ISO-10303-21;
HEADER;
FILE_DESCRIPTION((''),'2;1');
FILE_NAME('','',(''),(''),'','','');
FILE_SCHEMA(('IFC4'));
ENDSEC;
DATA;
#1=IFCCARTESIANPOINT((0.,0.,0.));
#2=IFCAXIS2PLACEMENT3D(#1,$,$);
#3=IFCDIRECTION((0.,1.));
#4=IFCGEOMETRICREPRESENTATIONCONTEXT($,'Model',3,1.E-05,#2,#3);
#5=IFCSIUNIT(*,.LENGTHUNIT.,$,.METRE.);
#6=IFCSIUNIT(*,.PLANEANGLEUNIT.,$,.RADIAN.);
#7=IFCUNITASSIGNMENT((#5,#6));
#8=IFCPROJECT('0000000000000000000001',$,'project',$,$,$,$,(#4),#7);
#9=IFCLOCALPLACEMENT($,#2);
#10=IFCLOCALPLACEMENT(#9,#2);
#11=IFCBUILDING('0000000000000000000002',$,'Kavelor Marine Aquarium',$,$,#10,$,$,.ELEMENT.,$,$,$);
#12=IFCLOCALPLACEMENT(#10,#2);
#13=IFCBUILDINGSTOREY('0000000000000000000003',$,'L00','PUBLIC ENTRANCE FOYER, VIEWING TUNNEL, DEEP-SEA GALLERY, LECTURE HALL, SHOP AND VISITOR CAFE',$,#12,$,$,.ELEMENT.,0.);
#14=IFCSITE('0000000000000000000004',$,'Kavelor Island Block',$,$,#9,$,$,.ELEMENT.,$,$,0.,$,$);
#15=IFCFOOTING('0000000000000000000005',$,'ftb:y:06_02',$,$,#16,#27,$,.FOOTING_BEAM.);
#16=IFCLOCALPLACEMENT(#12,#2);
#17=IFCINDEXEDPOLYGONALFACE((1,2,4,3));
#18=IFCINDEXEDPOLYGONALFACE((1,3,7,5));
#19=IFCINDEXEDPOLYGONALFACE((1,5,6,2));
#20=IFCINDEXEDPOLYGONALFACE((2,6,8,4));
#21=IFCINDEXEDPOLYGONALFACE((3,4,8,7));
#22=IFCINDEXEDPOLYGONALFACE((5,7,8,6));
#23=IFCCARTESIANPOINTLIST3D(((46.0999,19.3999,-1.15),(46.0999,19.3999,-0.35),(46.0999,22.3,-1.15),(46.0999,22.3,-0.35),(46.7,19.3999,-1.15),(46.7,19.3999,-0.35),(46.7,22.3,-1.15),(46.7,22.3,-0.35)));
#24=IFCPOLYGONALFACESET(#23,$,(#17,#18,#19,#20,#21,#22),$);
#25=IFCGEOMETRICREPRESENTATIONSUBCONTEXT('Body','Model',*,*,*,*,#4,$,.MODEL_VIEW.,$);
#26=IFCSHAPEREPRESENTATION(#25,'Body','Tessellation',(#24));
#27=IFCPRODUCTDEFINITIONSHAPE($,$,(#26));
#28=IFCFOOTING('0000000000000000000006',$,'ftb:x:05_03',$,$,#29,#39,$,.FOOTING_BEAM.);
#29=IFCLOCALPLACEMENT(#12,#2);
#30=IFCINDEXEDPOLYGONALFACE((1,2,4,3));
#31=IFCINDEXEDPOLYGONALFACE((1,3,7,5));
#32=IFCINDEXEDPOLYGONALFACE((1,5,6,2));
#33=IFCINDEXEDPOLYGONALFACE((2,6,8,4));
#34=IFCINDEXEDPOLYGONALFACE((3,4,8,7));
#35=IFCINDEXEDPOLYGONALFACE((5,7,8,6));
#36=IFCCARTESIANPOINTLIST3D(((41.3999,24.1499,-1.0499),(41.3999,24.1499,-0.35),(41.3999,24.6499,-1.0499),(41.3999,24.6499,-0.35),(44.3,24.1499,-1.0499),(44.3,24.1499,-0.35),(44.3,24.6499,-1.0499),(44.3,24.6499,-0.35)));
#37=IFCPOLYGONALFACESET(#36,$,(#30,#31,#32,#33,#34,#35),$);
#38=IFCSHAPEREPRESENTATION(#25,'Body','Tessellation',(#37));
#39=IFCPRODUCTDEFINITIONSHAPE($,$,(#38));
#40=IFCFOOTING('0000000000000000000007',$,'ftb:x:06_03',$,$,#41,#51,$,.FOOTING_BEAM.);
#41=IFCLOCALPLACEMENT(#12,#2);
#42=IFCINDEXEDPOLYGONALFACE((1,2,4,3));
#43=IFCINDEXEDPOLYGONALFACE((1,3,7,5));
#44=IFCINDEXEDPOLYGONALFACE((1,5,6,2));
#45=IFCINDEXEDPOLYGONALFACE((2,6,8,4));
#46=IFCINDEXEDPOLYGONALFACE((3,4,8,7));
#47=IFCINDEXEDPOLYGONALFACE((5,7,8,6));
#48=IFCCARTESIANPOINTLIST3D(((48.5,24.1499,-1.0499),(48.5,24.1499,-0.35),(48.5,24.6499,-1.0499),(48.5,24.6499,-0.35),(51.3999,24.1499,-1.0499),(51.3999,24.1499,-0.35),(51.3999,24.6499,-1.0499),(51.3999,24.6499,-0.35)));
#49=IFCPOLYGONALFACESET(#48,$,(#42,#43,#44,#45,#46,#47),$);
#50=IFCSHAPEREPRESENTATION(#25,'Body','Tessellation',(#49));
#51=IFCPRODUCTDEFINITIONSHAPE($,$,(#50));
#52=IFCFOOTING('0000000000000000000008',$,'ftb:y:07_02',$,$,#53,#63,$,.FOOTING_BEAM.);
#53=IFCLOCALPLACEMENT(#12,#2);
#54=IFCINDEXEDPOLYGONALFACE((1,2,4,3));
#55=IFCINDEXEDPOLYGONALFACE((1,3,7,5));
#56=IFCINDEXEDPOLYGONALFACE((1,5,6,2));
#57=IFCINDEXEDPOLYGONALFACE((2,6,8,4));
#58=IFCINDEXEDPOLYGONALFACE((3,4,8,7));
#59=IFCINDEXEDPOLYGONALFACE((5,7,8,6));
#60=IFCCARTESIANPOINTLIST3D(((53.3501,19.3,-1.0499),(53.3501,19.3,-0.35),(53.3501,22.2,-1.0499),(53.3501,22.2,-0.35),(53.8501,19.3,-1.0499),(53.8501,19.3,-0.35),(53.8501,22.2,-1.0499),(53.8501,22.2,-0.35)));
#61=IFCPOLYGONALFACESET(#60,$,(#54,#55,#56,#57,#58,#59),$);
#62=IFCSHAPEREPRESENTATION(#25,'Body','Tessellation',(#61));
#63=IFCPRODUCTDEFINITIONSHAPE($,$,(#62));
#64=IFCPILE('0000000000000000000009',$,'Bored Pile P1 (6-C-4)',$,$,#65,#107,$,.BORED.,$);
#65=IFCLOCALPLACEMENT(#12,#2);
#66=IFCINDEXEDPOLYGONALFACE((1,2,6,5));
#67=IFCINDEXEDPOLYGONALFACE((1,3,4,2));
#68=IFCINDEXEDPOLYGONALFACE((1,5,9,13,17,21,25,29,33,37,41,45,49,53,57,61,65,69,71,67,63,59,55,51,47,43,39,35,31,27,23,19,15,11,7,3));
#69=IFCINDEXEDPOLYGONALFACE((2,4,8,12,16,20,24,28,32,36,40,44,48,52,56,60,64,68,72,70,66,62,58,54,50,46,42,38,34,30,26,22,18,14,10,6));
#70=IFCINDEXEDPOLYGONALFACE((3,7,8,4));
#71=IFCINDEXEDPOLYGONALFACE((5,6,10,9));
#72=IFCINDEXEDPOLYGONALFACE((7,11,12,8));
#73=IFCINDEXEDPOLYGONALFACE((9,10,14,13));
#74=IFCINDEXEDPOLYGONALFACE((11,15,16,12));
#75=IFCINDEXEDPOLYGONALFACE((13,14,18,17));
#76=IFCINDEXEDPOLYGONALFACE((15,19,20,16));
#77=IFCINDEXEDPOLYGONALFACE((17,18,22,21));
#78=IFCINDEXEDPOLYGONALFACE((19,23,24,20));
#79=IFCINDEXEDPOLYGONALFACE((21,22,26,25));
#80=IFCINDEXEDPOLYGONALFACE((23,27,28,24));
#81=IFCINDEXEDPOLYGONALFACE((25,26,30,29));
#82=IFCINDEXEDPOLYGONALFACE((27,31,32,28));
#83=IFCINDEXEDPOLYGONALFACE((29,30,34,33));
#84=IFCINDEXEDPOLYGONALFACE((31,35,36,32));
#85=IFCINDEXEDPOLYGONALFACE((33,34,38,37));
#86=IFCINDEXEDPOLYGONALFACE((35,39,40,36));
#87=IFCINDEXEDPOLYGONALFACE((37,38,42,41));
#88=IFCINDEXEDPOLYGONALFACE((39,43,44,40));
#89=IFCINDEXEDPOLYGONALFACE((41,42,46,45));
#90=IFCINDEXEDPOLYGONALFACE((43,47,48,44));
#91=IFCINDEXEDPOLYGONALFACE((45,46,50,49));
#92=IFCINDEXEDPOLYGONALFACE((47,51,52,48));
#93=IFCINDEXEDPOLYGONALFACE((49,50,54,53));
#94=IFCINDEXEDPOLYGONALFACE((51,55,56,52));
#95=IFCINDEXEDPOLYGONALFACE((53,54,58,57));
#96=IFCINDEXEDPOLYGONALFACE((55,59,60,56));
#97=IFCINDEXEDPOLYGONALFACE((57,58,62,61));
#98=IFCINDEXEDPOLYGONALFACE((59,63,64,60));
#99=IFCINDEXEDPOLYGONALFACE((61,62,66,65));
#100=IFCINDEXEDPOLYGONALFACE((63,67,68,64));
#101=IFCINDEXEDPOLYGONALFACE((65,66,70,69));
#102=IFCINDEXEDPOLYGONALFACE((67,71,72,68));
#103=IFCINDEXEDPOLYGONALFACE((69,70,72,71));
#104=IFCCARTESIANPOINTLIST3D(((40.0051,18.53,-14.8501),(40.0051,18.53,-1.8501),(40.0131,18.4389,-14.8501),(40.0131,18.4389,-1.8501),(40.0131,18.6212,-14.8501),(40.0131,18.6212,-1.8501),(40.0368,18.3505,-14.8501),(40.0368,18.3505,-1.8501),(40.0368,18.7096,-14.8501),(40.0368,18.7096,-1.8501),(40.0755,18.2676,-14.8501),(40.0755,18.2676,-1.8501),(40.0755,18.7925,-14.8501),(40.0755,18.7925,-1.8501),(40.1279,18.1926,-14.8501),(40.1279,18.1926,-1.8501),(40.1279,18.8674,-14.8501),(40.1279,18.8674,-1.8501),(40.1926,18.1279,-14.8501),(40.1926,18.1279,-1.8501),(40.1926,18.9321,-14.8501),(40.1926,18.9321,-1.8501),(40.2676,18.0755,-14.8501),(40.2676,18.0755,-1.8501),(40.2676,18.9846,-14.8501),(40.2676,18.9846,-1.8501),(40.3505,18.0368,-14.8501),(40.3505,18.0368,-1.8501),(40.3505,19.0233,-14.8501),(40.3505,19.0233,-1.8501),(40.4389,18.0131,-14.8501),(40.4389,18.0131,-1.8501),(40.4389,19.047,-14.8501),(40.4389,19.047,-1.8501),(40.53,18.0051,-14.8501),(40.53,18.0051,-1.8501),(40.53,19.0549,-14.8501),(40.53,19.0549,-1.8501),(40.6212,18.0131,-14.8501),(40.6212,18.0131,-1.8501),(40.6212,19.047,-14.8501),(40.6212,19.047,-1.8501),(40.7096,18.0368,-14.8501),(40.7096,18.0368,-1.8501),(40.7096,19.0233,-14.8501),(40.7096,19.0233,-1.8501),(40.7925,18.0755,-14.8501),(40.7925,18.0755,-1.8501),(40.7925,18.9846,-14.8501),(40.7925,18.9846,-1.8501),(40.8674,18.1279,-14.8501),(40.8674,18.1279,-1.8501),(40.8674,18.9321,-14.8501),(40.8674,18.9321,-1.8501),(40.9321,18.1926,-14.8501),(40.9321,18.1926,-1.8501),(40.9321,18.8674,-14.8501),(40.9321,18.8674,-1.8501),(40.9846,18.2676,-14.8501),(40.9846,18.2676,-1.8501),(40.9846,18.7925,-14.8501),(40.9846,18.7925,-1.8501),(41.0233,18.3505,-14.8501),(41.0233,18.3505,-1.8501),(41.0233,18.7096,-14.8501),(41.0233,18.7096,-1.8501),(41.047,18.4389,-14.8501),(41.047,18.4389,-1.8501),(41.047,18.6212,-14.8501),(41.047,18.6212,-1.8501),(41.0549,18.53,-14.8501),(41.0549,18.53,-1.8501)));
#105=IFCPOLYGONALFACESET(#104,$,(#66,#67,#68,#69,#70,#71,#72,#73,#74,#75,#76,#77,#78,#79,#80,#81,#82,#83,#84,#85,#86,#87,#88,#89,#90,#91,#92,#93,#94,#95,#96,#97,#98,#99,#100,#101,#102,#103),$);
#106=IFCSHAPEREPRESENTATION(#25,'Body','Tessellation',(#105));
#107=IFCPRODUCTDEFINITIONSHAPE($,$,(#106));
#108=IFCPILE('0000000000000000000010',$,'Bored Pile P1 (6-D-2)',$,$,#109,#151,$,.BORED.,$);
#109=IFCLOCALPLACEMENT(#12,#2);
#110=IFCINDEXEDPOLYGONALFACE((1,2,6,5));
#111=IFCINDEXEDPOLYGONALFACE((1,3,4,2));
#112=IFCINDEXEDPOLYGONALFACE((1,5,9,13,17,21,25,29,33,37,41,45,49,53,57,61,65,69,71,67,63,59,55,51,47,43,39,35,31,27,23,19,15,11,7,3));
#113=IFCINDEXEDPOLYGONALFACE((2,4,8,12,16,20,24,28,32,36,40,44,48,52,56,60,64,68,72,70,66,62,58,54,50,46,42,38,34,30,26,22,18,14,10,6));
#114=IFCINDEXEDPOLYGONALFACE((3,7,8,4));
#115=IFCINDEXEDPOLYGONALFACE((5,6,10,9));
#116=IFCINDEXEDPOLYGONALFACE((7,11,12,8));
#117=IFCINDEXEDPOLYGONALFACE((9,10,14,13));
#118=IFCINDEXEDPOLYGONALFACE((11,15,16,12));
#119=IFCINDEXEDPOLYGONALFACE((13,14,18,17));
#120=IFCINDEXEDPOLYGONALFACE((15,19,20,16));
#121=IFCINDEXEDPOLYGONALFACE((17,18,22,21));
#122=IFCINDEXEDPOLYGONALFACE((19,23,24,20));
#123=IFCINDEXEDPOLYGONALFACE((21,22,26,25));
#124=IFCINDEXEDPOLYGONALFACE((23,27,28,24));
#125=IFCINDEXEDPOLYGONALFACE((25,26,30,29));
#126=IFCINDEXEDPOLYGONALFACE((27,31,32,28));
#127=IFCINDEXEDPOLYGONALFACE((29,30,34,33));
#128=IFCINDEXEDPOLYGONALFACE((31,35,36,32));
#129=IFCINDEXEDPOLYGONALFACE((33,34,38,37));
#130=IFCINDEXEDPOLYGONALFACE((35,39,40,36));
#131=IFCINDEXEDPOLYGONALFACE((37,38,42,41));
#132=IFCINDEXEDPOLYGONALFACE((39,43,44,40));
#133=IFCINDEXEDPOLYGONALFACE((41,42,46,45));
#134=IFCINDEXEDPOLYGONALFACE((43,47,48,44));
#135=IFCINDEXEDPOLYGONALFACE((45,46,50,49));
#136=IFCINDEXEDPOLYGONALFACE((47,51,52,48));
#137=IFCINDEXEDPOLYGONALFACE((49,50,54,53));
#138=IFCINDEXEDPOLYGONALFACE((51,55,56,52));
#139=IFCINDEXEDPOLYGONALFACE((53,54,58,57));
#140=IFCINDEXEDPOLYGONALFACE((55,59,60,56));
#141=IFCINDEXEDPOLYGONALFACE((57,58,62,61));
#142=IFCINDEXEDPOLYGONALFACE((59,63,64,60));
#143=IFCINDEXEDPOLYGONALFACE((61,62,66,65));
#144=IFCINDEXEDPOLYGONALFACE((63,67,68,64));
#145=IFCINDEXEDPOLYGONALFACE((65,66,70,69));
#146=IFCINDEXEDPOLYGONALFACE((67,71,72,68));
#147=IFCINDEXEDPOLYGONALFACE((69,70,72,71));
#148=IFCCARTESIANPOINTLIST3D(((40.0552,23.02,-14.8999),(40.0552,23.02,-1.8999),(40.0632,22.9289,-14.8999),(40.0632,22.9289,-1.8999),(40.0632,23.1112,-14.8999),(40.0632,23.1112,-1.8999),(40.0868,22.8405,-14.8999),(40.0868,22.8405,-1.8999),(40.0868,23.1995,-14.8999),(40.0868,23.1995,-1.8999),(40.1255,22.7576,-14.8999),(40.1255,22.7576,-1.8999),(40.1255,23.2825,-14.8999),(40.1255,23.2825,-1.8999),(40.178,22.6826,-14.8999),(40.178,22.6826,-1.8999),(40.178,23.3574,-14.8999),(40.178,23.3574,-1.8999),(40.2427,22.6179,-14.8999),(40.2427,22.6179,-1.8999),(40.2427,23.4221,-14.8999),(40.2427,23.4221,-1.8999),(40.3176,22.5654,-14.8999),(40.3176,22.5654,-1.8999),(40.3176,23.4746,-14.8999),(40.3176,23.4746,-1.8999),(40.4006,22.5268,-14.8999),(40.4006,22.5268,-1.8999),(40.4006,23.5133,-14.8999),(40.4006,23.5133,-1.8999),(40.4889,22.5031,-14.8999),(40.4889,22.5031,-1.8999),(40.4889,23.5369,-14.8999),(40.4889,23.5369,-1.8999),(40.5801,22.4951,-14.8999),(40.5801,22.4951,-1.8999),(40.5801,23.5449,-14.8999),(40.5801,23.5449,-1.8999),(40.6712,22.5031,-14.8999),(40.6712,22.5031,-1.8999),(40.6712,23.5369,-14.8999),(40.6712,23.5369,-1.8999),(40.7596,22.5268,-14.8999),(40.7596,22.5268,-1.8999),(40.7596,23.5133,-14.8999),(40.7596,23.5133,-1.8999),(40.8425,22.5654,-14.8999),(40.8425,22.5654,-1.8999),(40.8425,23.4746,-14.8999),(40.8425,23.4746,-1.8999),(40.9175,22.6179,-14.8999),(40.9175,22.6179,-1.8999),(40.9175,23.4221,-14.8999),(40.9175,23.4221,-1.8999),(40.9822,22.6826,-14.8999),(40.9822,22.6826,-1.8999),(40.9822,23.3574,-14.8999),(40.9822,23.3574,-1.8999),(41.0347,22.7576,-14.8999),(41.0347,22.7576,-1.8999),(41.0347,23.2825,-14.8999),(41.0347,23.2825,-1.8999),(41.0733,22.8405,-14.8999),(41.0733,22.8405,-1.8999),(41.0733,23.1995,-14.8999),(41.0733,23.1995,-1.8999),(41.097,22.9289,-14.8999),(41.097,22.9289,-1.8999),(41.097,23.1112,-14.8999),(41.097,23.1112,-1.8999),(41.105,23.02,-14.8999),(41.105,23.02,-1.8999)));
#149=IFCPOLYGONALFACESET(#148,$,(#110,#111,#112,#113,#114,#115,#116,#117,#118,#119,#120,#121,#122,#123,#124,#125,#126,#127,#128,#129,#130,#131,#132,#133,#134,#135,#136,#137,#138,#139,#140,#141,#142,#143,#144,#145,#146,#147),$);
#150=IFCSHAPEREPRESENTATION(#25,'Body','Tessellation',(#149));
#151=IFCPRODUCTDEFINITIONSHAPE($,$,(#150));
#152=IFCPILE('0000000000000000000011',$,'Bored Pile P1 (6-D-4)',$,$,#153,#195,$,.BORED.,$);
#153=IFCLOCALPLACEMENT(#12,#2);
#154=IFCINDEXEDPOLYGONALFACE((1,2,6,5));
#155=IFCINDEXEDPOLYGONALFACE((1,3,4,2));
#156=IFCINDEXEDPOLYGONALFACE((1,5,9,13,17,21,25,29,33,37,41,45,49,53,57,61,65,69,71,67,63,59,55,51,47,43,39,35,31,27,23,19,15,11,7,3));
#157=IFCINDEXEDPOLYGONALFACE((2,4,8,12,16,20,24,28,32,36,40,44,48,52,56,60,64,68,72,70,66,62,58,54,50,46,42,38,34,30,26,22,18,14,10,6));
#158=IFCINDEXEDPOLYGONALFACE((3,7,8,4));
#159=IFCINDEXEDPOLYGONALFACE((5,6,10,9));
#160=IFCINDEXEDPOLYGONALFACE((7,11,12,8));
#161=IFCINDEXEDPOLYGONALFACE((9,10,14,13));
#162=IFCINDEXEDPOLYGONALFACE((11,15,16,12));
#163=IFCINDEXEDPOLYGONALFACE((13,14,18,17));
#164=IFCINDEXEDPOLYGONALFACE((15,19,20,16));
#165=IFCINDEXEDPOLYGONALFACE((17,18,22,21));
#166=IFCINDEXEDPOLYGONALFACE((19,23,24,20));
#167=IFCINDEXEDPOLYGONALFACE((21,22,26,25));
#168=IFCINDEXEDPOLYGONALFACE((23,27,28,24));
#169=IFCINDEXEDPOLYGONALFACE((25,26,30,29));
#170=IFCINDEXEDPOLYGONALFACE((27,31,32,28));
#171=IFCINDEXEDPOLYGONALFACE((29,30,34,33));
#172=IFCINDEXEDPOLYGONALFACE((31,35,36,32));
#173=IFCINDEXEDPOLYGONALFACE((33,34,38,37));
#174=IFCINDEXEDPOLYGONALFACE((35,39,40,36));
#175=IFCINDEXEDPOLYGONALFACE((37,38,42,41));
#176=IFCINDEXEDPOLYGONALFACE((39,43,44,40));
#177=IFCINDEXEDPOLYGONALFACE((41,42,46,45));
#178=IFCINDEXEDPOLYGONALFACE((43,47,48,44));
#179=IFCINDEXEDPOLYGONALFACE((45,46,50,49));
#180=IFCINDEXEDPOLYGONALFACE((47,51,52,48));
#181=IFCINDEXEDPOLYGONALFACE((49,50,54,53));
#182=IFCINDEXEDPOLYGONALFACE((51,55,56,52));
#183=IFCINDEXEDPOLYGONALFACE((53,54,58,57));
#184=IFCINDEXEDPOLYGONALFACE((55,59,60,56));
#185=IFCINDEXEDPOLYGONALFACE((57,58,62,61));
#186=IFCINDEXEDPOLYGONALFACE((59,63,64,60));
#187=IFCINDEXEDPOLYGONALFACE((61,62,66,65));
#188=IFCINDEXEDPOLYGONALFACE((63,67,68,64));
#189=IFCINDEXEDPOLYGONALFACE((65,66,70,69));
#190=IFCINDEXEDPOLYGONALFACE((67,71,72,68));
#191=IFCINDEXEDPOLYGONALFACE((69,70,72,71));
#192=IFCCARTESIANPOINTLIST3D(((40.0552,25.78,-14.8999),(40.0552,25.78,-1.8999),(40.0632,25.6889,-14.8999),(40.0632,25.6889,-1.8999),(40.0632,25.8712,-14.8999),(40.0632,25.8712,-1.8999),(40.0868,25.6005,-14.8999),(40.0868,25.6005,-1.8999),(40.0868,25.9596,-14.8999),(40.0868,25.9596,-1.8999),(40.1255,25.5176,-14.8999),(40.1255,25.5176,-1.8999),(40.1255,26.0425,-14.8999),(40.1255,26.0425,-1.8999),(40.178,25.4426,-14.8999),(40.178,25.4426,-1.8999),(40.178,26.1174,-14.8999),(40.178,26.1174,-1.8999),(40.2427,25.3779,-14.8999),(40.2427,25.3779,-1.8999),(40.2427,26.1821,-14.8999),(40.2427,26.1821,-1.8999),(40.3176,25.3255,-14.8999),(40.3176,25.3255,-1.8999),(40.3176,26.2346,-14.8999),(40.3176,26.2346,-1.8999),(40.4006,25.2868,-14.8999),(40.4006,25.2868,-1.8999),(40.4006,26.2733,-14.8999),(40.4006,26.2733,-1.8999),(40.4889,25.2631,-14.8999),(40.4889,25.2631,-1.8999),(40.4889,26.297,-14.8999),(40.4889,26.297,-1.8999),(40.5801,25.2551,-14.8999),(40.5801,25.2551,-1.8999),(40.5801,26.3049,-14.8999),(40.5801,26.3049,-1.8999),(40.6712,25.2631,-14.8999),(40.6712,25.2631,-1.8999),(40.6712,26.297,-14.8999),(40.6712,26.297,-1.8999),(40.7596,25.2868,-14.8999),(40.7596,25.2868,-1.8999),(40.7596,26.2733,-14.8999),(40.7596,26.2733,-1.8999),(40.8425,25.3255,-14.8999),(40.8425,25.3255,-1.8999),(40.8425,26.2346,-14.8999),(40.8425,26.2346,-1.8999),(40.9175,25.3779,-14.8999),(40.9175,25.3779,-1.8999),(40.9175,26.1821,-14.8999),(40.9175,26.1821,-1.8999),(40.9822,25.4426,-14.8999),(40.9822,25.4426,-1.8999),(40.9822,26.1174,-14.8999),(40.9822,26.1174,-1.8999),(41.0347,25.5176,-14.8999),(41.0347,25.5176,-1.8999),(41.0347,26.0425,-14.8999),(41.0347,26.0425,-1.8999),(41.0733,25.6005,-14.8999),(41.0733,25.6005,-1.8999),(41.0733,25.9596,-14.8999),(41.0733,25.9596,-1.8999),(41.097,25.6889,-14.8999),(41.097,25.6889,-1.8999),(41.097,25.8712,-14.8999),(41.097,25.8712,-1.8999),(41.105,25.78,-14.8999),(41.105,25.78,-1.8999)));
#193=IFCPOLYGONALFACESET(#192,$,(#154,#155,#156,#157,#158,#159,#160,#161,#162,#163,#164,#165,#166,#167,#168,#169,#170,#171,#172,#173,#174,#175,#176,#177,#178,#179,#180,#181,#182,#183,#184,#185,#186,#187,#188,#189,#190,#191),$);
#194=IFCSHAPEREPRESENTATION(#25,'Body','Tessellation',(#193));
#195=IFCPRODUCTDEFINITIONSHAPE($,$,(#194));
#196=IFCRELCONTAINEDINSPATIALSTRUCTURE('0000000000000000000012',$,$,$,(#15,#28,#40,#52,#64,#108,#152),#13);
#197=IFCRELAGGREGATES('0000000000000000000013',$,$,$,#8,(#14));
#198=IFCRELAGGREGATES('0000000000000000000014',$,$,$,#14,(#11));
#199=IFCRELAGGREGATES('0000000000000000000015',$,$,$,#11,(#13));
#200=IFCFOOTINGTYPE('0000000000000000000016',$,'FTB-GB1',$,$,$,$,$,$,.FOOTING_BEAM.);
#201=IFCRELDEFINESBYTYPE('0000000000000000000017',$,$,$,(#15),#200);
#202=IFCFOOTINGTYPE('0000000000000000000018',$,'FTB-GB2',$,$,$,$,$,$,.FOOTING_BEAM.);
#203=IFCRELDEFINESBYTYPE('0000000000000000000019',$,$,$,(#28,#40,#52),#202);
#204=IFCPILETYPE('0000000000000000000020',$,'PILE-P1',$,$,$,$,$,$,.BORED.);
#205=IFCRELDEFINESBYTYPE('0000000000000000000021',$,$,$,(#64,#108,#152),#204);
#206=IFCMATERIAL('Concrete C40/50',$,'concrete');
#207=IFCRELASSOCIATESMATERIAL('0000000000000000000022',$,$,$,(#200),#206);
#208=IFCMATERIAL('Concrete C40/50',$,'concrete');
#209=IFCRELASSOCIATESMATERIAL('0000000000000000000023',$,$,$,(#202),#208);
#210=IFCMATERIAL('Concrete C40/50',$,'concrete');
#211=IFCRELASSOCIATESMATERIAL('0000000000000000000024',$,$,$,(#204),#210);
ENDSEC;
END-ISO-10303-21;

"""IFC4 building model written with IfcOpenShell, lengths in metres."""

from ifc_helpers import new_model, si_unit, direction, frame, origin, origin_2d, place, context, subcontext, project, spatial, rectangle, circle, extrude, material, material_profile, profile_set, type_object, element, save


model = new_model("IFC4")

# Units and contexts
model_context = context("Model", 3, precision=1e-05, world=origin(), true_north=direction((0.0, 1.0)))
body_context = subcontext(model_context, "Body", "Model", "MODEL_VIEW")
ifc_project = project(units=[si_unit("LENGTHUNIT", "METRE"), si_unit("PLANEANGLEUNIT", "RADIAN")], contexts=[model_context])

# Site, building, storey
site_placement = place(None, origin())
site = spatial("IfcSite", under=ifc_project, at=site_placement, Name="Kavelor Island Block", CompositionType="ELEMENT", RefElevation=0.0)
building_placement = place(site_placement, origin())
building = spatial("IfcBuilding", under=site, at=building_placement, Name="Kavelor Marine Aquarium", CompositionType="ELEMENT")
storey_placement = place(building_placement, origin())
storey = spatial("IfcBuildingStorey", under=building, at=storey_placement, Name="L00", Description="PUBLIC ENTRANCE FOYER, VIEWING TUNNEL, DEEP-SEA GALLERY, LECTURE HALL, SHOP AND VISITOR CAFE", CompositionType="ELEMENT", Elevation=0.0)

# Footings
ifc_material_1 = material(Name="Concrete C40/50", Category="concrete")
ifc_material_profile_1 = material_profile(ifc_material_1, rectangle(XDim=0.6001, YDim=0.8, at=origin_2d()), Name="GB 600x800")
ifc_profile_set_1 = profile_set([ifc_material_profile_1], Name="Concrete C40/50")
footing_type_1 = type_object("IfcFootingType", Name="FTB-GB1", PredefinedType="FOOTING_BEAM", material=ifc_profile_set_1)
footing_1_placement = place(storey_placement, frame((46.3999, 19.3999, -0.75), z_axis=(0.0, 1.0, 0.0), x_axis=(-1.0, 0.0, 0.0)))
element("IfcFooting", 1, at=footing_1_placement, inside=storey, type_object=footing_type_1, Name="ftb:y:06_02", PredefinedType="FOOTING_BEAM", context=body_context, shape_type="SweptSolid", body=[
    extrude(rectangle(XDim=0.6001, YDim=0.8, at=origin_2d()), origin(), (0.0, 0.0, 1.0), 2.9001),
])
ifc_material_2 = material(Name="Concrete C40/50", Category="concrete")
ifc_material_profile_2 = material_profile(ifc_material_2, rectangle(XDim=0.5, YDim=0.7, at=origin_2d()), Name="GB 500x700")
ifc_profile_set_2 = profile_set([ifc_material_profile_2], Name="Concrete C40/50")
footing_type_2 = type_object("IfcFootingType", Name="FTB-GB2", PredefinedType="FOOTING_BEAM", material=ifc_profile_set_2)
footing_2_placement = place(storey_placement, frame((41.3999, 24.3999, -0.7), z_axis=(1.0, 0.0, 0.0), x_axis=(0.0, 1.0, 0.0)))
element("IfcFooting", 2, at=footing_2_placement, inside=storey, type_object=footing_type_2, Name="ftb:x:05_03", PredefinedType="FOOTING_BEAM", context=body_context, shape_type="SweptSolid", body=[
    extrude(rectangle(XDim=0.5, YDim=0.7, at=origin_2d()), origin(), (0.0, 0.0, 1.0), 2.9001),
])
for number, where, z_axis, x_axis, name in (
    (3, (48.5, 24.3999, -0.7), (1.0, 0.0, 0.0), (0.0, 1.0, 0.0), "ftb:x:06_03"),
    (4, (53.6001, 19.3, -0.7), (0.0, 1.0, 0.0), (-1.0, 0.0, 0.0), "ftb:y:07_02"),
):
    element("IfcFooting", number, at=place(storey_placement, frame(where, z_axis=z_axis, x_axis=x_axis)), inside=storey, type_object=footing_type_2, Name=name, PredefinedType="FOOTING_BEAM", context=body_context, shape_type="SweptSolid", body=[
        extrude(rectangle(XDim=0.5, YDim=0.7, at=origin_2d()), origin(), (0.0, 0.0, 1.0), 2.8999),
    ])

# Piles
ifc_material_3 = material(Name="Concrete C40/50", Category="concrete")
ifc_material_profile_3 = material_profile(ifc_material_3, circle(Radius=0.5249, at=origin_2d()), Name="PILE D1050")
ifc_profile_set_3 = profile_set([ifc_material_profile_3], Name="Concrete C40/50")
pile_type = type_object("IfcPileType", Name="PILE-P1", PredefinedType="BORED", material=ifc_profile_set_3)
for number, where, z_axis, x_axis, name in (
    (5, (40.53, 18.53, -1.8501), (0.0, 0.0, -1.0), (1.0, 0.0, 0.0), "Bored Pile P1 (6-C-4)"),
    (6, (40.5801, 23.02, -1.8999), (0.0, 0.0, -1.0), (1.0, 0.0, 0.0), "Bored Pile P1 (6-D-2)"),
    (7, (40.5801, 25.78, -1.8999), (0.0, 0.0, -1.0), (1.0, 0.0, 0.0), "Bored Pile P1 (6-D-4)"),
):
    element("IfcPile", number, at=place(storey_placement, frame(where, z_axis=z_axis, x_axis=x_axis)), inside=storey, type_object=pile_type, Name=name, PredefinedType="BORED", context=body_context, shape_type="SweptSolid", body=[
        extrude(circle(Radius=0.5249, at=origin_2d()), origin(), (0.0, 0.0, 1.0), 13.0),
    ])

save(model, "model.ifc")
